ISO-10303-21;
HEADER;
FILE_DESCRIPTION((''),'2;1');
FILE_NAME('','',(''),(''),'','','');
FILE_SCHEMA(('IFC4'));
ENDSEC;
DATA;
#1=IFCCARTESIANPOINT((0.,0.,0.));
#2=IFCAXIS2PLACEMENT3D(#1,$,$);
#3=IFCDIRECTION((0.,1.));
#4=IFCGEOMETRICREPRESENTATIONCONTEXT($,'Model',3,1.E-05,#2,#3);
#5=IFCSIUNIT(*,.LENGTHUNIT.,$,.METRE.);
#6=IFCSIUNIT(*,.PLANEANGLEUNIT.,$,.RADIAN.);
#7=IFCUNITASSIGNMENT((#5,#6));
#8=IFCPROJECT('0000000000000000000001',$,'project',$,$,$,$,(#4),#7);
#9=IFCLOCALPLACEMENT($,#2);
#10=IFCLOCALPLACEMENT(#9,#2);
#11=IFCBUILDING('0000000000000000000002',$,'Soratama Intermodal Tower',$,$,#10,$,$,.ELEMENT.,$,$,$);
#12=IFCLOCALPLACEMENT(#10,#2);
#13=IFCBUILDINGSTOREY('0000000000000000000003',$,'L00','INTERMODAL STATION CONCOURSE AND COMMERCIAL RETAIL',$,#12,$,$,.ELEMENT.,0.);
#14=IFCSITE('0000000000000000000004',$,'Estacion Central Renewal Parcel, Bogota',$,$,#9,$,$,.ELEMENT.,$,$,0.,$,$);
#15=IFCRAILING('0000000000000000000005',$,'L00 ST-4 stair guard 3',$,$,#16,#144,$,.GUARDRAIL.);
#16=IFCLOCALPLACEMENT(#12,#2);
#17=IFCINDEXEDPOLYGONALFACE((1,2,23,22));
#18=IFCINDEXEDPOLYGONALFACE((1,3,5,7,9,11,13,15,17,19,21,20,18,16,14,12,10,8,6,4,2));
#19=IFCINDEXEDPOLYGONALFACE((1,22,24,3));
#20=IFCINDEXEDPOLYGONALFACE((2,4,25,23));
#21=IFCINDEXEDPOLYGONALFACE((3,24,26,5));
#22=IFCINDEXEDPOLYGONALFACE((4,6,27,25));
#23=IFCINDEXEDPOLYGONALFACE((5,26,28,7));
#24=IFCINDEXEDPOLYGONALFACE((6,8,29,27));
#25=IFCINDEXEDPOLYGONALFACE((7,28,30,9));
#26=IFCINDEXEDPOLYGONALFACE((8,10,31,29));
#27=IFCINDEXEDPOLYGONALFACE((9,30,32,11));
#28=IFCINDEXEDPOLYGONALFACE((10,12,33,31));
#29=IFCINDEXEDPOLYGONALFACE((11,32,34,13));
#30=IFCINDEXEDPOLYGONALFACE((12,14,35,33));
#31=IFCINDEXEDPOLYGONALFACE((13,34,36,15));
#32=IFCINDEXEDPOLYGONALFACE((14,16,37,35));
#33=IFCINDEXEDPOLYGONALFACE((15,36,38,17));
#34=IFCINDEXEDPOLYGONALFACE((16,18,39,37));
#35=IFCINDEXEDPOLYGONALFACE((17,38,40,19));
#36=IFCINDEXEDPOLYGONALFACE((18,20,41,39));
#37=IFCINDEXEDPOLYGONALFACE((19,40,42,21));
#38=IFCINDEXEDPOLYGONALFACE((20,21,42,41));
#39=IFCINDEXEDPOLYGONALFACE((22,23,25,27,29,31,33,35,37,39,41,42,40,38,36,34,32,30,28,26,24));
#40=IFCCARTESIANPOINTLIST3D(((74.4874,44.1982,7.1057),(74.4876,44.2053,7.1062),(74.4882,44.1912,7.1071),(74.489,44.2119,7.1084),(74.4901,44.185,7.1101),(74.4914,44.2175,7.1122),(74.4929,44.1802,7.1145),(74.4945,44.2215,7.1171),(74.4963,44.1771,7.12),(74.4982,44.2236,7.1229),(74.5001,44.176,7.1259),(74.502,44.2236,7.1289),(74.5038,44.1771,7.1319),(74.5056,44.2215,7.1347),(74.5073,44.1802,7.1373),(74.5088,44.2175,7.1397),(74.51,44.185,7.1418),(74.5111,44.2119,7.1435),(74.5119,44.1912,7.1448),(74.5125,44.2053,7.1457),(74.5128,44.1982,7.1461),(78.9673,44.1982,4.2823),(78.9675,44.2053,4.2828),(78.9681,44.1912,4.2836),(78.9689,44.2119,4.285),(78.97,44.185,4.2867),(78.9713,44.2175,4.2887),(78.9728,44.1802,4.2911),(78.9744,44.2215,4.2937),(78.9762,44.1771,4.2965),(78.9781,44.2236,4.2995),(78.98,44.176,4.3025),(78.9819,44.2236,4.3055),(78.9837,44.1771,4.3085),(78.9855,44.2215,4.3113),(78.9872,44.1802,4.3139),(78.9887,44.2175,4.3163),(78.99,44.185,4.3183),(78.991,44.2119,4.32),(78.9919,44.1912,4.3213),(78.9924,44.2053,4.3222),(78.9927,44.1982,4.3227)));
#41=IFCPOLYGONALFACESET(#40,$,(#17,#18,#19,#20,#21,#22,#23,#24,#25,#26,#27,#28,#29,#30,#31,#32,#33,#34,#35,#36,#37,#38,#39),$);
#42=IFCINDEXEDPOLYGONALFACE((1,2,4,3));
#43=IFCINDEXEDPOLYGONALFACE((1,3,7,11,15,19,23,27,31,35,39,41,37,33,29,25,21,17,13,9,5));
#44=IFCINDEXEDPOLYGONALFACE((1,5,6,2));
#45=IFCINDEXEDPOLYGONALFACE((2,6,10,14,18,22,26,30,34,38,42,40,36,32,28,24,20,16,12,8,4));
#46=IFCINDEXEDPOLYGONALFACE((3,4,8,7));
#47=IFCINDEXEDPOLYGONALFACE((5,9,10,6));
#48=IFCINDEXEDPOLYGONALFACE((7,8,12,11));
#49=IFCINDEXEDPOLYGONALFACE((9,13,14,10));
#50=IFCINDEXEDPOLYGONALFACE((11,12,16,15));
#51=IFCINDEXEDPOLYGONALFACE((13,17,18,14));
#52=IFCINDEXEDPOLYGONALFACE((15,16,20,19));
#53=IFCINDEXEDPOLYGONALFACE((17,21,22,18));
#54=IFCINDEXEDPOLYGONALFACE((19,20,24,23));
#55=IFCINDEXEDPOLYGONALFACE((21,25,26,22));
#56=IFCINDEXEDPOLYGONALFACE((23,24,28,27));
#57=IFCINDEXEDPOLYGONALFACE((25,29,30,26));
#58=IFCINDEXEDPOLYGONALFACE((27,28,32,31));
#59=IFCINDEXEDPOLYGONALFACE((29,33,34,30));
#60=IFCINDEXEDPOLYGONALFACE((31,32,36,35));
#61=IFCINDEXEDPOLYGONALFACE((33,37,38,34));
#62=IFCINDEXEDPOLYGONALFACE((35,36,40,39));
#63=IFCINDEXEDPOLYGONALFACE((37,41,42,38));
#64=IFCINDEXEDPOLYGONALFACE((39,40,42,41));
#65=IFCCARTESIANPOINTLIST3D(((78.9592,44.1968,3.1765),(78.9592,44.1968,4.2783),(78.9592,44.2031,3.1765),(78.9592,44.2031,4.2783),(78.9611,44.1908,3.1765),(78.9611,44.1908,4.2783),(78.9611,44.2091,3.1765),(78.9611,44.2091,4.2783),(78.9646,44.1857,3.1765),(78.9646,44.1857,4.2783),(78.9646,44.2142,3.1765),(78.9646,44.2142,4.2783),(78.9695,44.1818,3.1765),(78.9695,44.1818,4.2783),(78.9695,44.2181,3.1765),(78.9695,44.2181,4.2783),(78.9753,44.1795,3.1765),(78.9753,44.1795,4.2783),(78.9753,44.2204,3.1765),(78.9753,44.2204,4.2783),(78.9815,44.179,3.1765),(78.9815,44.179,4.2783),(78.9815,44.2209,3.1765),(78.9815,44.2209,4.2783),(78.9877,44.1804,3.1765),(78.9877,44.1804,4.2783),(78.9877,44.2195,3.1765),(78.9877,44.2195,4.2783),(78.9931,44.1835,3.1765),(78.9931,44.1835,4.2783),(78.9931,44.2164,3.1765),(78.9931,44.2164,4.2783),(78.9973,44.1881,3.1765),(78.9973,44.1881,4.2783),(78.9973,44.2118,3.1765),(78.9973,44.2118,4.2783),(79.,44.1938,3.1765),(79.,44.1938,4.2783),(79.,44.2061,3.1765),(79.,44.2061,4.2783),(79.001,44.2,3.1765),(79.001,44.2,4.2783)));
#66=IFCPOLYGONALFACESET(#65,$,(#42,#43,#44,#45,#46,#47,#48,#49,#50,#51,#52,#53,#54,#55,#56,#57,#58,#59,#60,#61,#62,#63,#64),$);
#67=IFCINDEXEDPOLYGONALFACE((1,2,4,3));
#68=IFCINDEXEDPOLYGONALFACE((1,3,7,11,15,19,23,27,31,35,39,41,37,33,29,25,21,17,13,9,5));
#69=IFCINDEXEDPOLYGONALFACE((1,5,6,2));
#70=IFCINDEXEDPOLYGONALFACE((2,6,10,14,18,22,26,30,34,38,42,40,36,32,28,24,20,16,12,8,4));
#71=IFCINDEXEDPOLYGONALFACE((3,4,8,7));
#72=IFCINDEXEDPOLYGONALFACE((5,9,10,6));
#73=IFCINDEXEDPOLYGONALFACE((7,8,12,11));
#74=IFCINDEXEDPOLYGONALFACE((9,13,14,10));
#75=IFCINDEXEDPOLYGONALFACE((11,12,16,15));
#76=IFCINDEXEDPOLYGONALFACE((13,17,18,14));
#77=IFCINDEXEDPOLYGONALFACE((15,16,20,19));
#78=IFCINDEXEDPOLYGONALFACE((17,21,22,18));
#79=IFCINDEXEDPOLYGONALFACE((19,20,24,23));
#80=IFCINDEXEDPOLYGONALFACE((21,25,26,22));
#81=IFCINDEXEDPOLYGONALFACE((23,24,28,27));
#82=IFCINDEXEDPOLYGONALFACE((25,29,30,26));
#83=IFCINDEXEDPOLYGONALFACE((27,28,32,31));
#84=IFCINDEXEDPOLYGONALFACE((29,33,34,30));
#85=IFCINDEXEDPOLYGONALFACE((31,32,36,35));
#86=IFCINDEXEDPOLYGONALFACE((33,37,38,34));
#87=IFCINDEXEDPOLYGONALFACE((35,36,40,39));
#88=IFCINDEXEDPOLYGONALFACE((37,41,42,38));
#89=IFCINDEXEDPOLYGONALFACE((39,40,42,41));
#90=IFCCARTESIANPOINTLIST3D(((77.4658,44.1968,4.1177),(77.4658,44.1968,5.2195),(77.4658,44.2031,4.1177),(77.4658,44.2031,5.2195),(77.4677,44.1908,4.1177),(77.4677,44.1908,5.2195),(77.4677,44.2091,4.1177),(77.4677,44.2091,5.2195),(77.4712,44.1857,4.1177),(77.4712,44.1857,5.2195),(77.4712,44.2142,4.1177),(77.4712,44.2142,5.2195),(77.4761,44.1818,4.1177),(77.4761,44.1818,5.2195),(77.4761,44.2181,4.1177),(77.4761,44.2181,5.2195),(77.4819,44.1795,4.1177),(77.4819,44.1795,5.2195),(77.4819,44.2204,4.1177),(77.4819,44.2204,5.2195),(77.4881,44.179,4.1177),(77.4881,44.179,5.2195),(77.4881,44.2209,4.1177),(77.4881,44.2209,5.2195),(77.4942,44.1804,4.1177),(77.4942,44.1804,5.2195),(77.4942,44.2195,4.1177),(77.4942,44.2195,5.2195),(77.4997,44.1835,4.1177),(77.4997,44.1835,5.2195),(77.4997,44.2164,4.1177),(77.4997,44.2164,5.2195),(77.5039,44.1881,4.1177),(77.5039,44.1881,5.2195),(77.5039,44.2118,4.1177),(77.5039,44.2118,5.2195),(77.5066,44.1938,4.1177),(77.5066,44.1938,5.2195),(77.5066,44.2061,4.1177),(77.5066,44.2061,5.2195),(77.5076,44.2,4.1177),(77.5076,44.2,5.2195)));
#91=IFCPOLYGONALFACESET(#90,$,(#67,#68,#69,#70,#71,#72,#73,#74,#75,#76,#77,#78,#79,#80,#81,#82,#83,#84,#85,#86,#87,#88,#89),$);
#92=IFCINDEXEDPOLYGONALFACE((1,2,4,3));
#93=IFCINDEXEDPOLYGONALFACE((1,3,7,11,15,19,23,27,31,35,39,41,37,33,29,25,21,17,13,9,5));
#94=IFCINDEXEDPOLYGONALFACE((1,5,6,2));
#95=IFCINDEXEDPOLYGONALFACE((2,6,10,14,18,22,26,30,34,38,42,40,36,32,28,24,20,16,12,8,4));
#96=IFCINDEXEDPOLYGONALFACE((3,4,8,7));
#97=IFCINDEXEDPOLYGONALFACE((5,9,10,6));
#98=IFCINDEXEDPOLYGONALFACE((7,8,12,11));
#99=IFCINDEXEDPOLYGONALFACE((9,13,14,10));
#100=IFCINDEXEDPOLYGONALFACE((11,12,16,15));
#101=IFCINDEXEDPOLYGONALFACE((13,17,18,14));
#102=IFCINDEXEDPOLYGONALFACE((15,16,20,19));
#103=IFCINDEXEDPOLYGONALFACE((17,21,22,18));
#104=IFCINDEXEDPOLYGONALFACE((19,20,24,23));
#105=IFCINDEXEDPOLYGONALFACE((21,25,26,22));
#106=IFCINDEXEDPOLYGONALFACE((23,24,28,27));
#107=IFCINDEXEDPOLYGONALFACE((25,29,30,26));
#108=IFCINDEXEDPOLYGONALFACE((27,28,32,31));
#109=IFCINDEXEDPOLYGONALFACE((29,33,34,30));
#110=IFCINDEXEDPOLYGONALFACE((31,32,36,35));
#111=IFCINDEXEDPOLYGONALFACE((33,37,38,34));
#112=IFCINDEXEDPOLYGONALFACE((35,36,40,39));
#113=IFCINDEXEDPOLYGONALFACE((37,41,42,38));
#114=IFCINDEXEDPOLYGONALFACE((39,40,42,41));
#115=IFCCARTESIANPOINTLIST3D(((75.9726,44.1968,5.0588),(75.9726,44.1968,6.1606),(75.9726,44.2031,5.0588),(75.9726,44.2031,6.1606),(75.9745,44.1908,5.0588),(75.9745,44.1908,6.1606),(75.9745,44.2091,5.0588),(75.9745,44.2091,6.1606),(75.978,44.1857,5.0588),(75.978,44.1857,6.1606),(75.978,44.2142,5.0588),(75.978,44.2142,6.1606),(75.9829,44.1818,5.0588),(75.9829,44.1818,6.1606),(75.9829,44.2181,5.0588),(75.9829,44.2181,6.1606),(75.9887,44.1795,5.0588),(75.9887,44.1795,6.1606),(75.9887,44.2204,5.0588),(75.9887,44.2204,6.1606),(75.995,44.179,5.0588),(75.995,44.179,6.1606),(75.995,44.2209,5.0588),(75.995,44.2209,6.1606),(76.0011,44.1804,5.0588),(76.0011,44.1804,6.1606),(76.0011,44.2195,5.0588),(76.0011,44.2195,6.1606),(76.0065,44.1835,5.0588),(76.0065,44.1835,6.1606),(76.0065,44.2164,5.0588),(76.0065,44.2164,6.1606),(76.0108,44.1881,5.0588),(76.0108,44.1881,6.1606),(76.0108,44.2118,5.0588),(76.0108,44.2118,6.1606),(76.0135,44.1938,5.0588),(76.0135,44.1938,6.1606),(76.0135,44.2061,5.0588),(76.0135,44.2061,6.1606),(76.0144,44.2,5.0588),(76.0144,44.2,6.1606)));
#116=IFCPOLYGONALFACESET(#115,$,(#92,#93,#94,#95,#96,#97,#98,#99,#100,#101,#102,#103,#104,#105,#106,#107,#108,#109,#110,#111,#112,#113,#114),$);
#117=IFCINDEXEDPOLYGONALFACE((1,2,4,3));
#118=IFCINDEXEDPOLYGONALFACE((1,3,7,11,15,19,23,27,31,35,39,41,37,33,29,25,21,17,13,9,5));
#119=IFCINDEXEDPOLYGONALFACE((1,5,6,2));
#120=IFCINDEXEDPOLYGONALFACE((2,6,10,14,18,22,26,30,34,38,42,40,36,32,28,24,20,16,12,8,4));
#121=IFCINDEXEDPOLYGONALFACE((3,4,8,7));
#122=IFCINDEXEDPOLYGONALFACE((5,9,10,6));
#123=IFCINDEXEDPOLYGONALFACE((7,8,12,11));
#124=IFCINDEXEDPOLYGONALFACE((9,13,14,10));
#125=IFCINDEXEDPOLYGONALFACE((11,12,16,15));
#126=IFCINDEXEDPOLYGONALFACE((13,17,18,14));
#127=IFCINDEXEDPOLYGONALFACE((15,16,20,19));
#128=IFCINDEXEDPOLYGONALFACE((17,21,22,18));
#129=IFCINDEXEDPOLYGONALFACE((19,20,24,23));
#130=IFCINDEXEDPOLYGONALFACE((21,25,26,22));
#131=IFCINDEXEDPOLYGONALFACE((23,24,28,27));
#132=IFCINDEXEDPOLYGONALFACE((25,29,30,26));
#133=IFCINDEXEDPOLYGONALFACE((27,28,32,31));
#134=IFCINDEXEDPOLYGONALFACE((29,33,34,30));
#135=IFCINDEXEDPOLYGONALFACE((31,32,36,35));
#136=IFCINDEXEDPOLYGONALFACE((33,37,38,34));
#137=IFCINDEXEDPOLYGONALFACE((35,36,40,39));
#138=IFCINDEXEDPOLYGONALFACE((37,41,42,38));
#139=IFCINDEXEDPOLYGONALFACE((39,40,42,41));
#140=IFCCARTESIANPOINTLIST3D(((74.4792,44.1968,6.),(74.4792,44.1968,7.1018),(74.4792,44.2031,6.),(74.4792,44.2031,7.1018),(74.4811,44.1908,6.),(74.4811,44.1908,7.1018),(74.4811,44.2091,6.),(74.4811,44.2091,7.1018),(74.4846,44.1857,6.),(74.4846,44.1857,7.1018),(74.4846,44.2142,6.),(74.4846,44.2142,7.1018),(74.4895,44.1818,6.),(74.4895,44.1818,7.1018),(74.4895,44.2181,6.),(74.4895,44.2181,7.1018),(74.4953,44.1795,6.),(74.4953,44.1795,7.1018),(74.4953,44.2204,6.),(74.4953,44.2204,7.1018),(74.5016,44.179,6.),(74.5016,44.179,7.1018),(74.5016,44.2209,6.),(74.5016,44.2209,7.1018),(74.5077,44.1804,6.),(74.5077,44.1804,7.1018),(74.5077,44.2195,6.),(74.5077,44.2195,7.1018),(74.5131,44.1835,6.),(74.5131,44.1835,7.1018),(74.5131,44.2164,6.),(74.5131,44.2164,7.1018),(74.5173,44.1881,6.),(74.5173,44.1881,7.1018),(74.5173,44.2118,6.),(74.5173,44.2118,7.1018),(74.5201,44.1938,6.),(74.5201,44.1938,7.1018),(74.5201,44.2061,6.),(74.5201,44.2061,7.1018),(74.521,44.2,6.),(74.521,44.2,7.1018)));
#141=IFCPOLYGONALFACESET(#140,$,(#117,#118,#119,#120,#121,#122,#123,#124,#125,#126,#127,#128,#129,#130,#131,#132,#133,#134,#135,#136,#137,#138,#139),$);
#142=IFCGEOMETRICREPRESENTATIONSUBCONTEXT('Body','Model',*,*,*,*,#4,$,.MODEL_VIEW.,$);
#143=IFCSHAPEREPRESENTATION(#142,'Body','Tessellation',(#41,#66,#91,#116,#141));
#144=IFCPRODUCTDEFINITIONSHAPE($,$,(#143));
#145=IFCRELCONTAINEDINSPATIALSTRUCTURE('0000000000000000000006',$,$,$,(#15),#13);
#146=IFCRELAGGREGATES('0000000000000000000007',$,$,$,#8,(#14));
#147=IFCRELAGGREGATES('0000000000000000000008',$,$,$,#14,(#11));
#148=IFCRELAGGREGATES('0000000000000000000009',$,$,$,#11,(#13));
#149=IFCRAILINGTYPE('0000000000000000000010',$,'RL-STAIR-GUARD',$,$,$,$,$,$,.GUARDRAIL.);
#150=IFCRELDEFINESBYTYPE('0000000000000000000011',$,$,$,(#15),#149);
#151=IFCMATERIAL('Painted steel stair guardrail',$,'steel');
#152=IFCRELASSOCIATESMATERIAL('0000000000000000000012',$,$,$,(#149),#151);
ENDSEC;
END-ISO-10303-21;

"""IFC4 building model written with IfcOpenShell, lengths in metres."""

from ifc_helpers import new_model, si_unit, direction, frame, origin, origin_2d, place, context, subcontext, project, spatial, circle, extrude, material, type_object, element, save


model = new_model("IFC4")

# Units and contexts
model_context = context("Model", 3, precision=1e-05, world=origin(), true_north=direction((0.0, 1.0)))
body_context = subcontext(model_context, "Body", "Model", "MODEL_VIEW")
ifc_project = project(units=[si_unit("LENGTHUNIT", "METRE"), si_unit("PLANEANGLEUNIT", "RADIAN")], contexts=[model_context])

# Site, building, storey
site_placement = place(None, origin())
site = spatial("IfcSite", under=ifc_project, at=site_placement, Name="Estacion Central Renewal Parcel, Bogota", CompositionType="ELEMENT", RefElevation=0.0)
building_placement = place(site_placement, origin())
building = spatial("IfcBuilding", under=site, at=building_placement, Name="Soratama Intermodal Tower", CompositionType="ELEMENT")
storey_placement = place(building_placement, origin())
storey = spatial("IfcBuildingStorey", under=building, at=storey_placement, Name="L00", Description="INTERMODAL STATION CONCOURSE AND COMMERCIAL RETAIL", CompositionType="ELEMENT", Elevation=0.0)

# Railing
ifc_material_1 = material(Name="Painted steel stair guardrail", Category="steel")
railing_type_1 = type_object("IfcRailingType", Name="RL-STAIR-GUARD", PredefinedType="GUARDRAIL", material=ifc_material_1)
railing_1_placement = place(storey_placement, frame((78.98, 44.2, 3.1765)))
element("IfcRailing", 1, at=railing_1_placement, inside=storey, type_object=railing_type_1, Name="L00 ST-4 stair guard 3", PredefinedType="GUARDRAIL", context=body_context, shape_type="SweptSolid", body=[
    extrude(circle(Radius=0.0239, at=origin_2d()), frame((0.0, 0.0, 1.126), z_axis=(-0.845998, 0.0, 0.533186), x_axis=(0.0, -1.0, 0.0)), (0.0, 0.0, 1.0), 5.2954),
    extrude(circle(Radius=0.021, at=origin_2d()), origin(), (0.0, 0.0, 1.0), 1.1018),
    extrude(circle(Radius=0.021, at=origin_2d()), frame((-1.4934, 0.0, 0.9412)), (0.0, 0.0, 1.0), 1.1018),
    extrude(circle(Radius=0.021, at=origin_2d()), frame((-2.9866, 0.0, 1.8823)), (0.0, 0.0, 1.0), 1.1018),
    extrude(circle(Radius=0.021, at=origin_2d()), frame((-4.48, 0.0, 2.8235)), (0.0, 0.0, 1.0), 1.1018),
])

save(model, "model.ifc")
